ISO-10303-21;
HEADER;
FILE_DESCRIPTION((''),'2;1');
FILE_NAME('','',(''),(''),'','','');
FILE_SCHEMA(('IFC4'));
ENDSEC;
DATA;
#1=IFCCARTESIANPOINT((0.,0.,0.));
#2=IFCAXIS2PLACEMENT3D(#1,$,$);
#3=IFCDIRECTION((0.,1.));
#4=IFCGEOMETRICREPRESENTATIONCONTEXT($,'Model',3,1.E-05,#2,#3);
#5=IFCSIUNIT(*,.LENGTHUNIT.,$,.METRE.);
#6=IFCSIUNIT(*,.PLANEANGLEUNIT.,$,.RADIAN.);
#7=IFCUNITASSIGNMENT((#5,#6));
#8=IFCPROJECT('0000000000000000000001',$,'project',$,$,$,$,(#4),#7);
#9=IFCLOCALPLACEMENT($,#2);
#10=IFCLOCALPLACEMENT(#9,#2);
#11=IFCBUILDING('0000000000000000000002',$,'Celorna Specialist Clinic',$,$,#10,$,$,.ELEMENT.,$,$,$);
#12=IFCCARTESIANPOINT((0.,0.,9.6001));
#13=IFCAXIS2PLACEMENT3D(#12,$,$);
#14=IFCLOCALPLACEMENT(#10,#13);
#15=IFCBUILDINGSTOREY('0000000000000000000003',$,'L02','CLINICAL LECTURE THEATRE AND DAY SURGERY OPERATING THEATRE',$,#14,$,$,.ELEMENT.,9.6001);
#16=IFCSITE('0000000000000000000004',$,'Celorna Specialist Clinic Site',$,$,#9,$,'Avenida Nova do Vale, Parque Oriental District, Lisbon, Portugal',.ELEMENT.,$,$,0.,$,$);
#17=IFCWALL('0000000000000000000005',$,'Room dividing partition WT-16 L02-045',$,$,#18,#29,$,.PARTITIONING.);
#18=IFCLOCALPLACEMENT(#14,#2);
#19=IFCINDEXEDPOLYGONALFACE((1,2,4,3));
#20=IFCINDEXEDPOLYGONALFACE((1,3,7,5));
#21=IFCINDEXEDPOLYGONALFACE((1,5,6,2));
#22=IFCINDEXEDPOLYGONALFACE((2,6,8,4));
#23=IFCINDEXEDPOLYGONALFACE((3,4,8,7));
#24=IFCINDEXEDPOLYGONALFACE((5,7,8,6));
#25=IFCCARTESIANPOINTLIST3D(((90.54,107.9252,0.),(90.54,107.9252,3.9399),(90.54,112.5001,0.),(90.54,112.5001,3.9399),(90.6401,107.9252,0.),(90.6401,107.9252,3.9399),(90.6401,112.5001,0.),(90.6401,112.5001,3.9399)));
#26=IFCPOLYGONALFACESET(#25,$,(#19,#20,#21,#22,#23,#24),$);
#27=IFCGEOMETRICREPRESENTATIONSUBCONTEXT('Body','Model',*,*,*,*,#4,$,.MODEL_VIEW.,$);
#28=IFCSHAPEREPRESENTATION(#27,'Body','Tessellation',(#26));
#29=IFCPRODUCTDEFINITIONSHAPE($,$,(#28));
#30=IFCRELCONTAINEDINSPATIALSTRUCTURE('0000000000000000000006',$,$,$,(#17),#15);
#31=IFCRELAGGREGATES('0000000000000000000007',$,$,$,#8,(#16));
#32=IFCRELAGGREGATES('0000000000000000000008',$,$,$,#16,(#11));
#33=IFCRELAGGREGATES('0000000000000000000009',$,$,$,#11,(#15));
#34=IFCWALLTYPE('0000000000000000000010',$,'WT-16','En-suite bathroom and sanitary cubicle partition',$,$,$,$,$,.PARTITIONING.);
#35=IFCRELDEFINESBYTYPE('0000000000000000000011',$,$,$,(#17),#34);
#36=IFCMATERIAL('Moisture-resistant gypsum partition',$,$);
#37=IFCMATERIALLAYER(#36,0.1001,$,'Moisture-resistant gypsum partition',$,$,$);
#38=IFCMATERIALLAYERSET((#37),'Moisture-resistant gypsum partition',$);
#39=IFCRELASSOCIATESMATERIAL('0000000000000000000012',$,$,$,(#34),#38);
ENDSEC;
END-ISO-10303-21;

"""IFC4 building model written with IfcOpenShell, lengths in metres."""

from ifc_helpers import new_model, si_unit, direction, frame, frame_2d, origin, place, context, subcontext, project, spatial, rectangle, extrude, material, layer, layer_set, type_object, element, save


model = new_model("IFC4")

# Units and contexts
model_context = context("Model", 3, precision=1e-05, world=origin(), true_north=direction((0.0, 1.0)))
body_context = subcontext(model_context, "Body", "Model", "MODEL_VIEW")
ifc_project = project(units=[si_unit("LENGTHUNIT", "METRE"), si_unit("PLANEANGLEUNIT", "RADIAN")], contexts=[model_context])

# Site, building, storey
site_placement = place(None, origin())
site = spatial("IfcSite", under=ifc_project, at=site_placement, Name="Celorna Specialist Clinic Site", LongName="Avenida Nova do Vale, Parque Oriental District, Lisbon, Portugal", CompositionType="ELEMENT", RefElevation=0.0)
building_placement = place(site_placement, origin())
building = spatial("IfcBuilding", under=site, at=building_placement, Name="Celorna Specialist Clinic", CompositionType="ELEMENT")
storey_placement = place(building_placement, frame((0.0, 0.0, 9.6001)))
storey = spatial("IfcBuildingStorey", under=building, at=storey_placement, Name="L02", Description="CLINICAL LECTURE THEATRE AND DAY SURGERY OPERATING THEATRE", CompositionType="ELEMENT", Elevation=9.6001)

# Shared definitions
ifc_material_1 = material(Name="Moisture-resistant gypsum partition")
ifc_layer_1 = layer(ifc_material_1, 0.1001, Name="Moisture-resistant gypsum partition")
ifc_layer_set_1 = layer_set([ifc_layer_1], Name="Moisture-resistant gypsum partition")
wall_type_1 = type_object("IfcWallType", Name="WT-16", Description="En-suite bathroom and sanitary cubicle partition", PredefinedType="PARTITIONING", material=ifc_layer_set_1)

# Wall
wall_1_placement = place(storey_placement, frame((90.5901, 107.925, 0.0), z_axis=(0.0, 0.0, 1.0), x_axis=(0.0, 1.0, 0.0)))
element("IfcWall", 1, at=wall_1_placement, inside=storey, type_object=wall_type_1, Name="Room dividing partition WT-16 L02-045", PredefinedType="PARTITIONING", context=body_context, shape_type="SweptSolid", body=[
    extrude(rectangle(XDim=4.575, YDim=0.1001, at=frame_2d((2.2876, 0.0))), origin(), (0.0, 0.0, 1.0), 3.9399),
])

save(model, "model.ifc")
